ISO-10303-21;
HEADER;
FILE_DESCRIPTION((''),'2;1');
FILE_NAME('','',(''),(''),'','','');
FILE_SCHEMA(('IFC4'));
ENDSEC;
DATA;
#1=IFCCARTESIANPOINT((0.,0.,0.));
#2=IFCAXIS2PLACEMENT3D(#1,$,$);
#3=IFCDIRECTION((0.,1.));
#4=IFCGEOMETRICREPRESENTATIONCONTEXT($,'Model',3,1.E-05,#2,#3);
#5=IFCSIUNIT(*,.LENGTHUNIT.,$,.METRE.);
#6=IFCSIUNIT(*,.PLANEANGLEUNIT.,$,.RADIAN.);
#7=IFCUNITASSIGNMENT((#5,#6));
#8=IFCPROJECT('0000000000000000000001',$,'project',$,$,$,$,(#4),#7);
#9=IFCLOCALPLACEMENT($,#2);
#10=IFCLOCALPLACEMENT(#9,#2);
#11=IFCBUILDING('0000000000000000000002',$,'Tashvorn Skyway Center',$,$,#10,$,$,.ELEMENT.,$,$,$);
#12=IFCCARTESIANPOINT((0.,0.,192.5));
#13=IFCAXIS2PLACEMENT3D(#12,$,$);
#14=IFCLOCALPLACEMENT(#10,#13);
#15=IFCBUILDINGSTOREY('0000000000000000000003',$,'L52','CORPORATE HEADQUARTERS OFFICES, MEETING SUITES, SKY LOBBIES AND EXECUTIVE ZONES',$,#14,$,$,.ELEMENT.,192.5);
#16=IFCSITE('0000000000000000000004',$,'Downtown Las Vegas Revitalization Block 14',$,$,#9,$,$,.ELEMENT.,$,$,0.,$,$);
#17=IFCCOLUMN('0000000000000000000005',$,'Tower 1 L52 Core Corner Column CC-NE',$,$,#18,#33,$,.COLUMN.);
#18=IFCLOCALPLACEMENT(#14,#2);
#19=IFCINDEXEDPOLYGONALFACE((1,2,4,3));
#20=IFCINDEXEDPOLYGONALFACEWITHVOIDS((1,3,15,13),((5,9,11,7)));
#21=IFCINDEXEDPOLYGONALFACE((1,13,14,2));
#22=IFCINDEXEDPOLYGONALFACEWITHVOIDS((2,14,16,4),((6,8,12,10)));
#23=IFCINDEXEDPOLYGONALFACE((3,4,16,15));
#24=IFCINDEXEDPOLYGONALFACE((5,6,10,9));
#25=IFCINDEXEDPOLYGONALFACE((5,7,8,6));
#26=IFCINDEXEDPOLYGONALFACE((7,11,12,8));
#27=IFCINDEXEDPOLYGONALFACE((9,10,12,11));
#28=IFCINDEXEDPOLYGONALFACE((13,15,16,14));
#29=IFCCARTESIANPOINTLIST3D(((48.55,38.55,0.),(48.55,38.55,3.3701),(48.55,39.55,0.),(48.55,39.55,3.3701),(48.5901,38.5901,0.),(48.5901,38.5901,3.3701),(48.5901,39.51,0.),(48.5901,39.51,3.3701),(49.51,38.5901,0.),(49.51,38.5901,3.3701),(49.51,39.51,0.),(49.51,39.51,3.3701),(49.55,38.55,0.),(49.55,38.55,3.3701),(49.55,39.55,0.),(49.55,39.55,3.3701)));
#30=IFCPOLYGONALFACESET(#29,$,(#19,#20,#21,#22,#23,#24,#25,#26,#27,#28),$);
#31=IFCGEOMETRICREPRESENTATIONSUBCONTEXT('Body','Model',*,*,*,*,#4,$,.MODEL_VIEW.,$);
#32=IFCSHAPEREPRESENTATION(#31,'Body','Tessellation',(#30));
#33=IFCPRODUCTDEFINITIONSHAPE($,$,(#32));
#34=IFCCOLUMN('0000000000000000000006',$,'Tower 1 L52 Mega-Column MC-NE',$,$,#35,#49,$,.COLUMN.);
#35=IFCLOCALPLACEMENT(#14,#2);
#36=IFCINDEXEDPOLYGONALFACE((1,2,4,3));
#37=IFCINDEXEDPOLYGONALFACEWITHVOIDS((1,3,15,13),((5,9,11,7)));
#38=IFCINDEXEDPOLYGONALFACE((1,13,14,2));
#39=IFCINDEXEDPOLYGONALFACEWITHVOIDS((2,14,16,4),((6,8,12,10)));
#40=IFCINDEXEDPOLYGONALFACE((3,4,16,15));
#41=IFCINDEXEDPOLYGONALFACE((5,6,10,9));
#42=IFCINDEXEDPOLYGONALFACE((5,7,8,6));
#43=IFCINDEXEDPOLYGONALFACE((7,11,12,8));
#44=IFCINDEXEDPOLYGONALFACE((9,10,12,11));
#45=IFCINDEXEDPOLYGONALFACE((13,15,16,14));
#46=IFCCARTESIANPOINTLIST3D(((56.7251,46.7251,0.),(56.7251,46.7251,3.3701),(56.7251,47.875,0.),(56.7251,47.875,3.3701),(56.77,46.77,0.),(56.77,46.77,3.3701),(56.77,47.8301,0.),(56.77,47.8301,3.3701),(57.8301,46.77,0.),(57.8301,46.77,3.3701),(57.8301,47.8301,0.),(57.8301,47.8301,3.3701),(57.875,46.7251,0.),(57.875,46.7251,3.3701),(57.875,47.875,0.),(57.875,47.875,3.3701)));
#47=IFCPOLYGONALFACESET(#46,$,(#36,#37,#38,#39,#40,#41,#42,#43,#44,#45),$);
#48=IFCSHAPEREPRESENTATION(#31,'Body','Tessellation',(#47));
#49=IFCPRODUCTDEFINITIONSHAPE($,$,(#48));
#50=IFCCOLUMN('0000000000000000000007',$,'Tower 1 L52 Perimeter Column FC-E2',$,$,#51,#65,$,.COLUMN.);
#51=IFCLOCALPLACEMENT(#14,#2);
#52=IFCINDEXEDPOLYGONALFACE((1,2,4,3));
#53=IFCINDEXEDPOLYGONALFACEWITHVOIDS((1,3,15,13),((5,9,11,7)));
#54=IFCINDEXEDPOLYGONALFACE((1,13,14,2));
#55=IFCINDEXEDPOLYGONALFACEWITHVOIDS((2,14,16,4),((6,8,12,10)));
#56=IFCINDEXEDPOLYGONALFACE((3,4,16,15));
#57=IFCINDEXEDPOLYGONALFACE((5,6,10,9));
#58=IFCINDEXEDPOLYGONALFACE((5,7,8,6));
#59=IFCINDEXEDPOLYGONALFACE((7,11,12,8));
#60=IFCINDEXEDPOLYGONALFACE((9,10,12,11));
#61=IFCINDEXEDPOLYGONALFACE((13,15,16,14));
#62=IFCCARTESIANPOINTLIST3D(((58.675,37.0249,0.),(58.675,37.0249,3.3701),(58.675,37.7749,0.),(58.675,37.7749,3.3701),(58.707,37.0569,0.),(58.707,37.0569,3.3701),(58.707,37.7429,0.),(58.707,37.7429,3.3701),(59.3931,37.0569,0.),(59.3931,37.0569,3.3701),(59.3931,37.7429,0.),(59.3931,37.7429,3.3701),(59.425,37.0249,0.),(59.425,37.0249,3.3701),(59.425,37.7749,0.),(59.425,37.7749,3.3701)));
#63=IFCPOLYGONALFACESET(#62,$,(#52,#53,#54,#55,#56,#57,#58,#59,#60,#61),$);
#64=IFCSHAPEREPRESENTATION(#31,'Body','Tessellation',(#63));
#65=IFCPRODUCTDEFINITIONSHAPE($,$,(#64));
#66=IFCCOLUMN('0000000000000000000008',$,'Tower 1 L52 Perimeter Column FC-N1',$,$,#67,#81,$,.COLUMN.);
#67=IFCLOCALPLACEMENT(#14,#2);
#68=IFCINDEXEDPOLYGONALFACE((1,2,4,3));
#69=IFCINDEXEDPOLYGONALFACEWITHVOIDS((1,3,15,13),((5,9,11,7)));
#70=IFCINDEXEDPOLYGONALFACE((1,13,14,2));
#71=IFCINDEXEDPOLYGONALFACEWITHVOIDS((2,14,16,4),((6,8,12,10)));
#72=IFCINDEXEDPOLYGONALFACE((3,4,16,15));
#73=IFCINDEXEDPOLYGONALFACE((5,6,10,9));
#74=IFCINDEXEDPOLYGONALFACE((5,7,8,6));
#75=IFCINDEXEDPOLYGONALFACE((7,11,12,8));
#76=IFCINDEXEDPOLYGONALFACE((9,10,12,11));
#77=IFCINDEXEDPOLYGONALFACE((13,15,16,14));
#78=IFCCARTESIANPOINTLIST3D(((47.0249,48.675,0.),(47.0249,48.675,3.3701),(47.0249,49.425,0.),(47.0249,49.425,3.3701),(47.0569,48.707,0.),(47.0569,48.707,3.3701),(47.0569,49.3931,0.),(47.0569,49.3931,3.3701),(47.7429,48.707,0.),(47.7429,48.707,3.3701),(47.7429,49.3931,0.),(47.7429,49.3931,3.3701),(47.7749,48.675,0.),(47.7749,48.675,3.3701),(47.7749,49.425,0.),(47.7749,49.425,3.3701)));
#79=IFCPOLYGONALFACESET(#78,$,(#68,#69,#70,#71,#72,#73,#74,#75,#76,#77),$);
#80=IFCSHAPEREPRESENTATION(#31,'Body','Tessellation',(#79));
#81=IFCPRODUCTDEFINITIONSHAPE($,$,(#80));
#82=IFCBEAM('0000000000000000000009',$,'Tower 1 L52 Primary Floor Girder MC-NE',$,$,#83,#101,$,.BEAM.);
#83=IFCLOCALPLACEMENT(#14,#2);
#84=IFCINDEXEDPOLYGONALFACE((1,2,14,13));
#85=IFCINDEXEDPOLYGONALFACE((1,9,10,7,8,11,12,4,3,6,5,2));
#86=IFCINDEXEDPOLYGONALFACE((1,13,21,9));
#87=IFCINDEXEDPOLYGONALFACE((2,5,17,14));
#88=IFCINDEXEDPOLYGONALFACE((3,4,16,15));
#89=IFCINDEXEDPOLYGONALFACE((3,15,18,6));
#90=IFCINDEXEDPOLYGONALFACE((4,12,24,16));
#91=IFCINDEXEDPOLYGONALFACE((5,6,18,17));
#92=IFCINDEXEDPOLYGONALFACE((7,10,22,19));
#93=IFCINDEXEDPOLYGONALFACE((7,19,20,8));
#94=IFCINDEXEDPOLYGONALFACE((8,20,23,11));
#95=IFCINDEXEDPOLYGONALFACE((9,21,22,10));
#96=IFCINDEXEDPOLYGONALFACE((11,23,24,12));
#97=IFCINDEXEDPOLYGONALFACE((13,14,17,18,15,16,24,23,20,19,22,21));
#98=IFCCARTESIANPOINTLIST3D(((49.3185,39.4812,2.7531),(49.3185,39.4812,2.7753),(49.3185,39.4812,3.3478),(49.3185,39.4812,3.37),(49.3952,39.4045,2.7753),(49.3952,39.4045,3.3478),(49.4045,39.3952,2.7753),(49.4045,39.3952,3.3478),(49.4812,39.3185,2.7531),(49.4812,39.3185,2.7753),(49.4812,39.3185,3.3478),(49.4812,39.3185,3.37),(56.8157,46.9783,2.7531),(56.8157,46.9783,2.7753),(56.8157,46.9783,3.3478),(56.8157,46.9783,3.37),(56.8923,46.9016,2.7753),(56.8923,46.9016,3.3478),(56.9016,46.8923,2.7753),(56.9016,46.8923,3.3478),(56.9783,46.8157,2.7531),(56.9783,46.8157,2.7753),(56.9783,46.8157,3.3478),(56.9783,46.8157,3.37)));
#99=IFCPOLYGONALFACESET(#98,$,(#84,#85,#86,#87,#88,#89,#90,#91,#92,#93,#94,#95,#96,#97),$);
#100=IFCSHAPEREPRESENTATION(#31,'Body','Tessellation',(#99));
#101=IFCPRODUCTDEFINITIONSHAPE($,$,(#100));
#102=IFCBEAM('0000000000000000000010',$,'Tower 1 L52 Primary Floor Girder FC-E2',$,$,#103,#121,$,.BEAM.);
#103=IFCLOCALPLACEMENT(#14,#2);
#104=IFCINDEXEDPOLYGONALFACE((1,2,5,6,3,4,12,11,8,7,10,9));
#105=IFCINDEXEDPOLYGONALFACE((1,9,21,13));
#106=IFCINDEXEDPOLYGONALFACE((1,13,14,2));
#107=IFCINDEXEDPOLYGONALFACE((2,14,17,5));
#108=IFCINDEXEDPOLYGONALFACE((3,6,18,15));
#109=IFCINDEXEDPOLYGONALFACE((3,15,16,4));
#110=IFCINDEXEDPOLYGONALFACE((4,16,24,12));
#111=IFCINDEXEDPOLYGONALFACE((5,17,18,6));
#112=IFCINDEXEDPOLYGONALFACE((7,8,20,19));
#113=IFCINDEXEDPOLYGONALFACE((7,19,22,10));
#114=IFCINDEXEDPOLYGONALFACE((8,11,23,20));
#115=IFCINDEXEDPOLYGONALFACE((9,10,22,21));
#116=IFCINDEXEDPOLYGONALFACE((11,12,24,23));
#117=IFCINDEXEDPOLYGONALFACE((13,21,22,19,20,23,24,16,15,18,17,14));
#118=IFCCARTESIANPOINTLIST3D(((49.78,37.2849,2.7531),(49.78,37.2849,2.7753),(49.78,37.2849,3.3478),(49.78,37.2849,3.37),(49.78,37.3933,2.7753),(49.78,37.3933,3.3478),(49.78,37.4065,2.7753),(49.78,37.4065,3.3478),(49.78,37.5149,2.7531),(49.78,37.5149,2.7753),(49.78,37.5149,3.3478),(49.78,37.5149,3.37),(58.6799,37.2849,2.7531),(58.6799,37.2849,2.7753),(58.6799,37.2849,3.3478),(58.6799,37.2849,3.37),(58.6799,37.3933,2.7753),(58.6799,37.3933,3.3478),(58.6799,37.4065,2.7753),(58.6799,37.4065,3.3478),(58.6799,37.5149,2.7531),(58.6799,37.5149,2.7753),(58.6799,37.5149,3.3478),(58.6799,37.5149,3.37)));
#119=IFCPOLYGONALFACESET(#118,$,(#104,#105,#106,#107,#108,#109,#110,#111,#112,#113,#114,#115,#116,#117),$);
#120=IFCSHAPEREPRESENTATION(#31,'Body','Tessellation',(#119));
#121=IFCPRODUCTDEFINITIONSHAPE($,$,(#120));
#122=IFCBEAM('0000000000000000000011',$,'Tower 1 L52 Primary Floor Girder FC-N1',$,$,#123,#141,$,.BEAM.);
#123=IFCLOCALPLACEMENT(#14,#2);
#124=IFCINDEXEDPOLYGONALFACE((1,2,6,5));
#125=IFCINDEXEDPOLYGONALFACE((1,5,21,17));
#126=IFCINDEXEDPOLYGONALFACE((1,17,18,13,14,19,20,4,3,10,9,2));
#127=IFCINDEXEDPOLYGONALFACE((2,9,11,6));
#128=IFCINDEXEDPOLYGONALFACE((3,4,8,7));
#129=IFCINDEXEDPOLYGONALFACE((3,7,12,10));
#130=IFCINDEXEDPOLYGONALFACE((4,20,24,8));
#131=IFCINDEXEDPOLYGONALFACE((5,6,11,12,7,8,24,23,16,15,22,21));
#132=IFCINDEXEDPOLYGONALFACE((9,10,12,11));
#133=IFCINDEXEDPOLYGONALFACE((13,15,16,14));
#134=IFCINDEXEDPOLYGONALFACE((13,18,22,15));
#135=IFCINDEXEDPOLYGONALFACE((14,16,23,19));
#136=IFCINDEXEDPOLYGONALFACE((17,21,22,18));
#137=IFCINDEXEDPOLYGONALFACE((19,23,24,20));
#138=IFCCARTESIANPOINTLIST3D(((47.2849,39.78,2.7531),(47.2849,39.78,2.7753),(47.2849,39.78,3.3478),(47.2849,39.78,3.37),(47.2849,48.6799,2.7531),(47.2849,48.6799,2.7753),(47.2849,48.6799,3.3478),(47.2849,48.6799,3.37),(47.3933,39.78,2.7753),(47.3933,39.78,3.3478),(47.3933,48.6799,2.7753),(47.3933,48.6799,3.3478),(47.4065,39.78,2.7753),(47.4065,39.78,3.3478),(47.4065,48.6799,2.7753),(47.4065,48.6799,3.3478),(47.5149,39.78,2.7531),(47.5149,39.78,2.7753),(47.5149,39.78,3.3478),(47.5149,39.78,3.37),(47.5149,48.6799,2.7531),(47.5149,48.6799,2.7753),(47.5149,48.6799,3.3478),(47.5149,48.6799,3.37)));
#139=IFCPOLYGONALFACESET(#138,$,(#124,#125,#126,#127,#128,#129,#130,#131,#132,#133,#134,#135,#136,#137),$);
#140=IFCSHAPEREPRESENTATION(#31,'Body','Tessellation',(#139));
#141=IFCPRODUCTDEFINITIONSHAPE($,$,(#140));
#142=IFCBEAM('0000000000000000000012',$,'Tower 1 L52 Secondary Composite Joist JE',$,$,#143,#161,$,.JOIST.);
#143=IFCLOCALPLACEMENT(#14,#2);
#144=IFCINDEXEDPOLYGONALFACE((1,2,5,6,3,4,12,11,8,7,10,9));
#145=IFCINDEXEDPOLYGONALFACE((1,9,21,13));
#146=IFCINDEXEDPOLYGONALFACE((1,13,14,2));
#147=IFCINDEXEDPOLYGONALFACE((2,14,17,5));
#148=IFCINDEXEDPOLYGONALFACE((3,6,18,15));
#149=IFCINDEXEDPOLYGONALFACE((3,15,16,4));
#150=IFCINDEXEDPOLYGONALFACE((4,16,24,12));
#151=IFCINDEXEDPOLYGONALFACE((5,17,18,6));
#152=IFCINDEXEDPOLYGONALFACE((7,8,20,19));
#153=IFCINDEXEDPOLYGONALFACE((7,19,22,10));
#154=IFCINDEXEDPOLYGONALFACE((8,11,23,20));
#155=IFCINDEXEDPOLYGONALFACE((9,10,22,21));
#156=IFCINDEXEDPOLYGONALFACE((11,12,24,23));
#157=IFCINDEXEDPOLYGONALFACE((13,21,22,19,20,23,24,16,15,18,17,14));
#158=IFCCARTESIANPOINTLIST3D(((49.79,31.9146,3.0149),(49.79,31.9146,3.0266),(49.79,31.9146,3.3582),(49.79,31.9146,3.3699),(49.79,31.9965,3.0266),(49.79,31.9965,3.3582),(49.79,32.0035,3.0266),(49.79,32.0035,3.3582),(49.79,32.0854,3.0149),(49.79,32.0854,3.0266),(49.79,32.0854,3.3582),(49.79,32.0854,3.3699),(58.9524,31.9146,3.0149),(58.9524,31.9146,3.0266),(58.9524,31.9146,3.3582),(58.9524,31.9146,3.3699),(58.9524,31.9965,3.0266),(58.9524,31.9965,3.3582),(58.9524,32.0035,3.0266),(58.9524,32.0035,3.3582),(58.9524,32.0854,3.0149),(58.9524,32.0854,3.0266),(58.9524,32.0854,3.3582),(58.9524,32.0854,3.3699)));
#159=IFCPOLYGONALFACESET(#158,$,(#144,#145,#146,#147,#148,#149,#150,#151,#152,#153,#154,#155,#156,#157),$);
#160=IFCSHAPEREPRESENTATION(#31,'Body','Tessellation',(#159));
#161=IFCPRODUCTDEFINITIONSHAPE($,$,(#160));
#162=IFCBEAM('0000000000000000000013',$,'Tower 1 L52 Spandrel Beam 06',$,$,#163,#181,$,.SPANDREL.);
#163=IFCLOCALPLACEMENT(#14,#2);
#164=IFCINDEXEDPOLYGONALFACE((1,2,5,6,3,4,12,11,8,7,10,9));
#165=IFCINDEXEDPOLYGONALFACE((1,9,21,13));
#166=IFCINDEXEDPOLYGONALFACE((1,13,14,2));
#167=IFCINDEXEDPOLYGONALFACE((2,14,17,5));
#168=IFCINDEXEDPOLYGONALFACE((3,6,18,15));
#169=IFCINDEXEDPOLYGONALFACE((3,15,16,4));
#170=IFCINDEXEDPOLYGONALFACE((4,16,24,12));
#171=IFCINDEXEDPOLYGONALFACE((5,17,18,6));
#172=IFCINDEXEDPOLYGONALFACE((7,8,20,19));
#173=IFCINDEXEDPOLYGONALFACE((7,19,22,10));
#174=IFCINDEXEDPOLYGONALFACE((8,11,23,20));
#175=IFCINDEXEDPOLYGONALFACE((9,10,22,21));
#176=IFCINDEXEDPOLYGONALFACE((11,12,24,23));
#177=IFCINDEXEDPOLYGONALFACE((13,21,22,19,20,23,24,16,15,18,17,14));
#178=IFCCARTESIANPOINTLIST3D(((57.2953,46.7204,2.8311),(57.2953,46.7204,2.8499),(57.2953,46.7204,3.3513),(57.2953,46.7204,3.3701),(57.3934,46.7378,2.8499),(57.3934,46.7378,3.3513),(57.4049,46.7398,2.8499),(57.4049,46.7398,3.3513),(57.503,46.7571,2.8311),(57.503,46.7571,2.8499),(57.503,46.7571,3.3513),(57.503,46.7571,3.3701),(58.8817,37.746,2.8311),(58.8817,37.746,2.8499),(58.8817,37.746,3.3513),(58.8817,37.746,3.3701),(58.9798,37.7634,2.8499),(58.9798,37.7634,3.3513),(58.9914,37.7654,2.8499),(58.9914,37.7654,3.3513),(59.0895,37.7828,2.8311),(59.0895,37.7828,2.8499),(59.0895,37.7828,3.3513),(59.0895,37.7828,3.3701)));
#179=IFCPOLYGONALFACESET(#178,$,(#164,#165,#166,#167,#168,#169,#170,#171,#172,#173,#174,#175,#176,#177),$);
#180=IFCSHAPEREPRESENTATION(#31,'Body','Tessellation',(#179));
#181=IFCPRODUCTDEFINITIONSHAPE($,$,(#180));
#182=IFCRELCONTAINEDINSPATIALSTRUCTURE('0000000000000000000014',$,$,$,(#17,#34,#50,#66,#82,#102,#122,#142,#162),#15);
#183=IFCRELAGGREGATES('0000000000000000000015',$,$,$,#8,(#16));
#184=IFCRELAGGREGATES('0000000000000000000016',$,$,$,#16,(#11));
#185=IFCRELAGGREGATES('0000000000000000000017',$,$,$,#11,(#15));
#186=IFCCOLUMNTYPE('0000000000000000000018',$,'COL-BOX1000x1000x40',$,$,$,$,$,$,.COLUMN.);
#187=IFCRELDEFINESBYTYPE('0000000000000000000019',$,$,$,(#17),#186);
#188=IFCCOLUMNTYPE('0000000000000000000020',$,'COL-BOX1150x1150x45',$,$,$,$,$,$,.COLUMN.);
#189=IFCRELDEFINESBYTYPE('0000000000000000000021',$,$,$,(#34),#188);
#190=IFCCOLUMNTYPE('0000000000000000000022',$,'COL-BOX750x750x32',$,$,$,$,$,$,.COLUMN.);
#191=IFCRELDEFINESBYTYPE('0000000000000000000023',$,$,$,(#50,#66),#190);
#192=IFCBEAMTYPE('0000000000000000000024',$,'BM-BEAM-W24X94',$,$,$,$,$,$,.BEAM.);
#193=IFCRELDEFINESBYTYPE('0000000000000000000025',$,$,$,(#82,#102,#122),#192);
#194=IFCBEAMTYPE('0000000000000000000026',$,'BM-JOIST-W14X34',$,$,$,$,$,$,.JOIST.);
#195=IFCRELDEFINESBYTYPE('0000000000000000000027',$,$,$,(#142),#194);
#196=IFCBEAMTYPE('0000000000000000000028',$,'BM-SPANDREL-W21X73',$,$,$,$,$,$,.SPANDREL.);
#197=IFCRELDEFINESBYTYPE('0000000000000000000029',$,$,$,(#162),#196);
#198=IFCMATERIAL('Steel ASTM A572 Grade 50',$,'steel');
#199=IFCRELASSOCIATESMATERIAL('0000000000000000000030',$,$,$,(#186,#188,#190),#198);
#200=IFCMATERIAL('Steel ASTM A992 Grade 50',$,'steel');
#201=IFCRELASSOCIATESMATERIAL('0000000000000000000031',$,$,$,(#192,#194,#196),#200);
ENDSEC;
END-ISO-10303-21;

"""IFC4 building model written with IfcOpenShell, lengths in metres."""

from ifc_helpers import new_model, si_unit, direction, frame, origin, origin_2d, place, context, subcontext, project, spatial, hollow_rectangle, i_section, extrude, material, material_profile, profile_set, type_object, element, save


model = new_model("IFC4")

# Units and contexts
model_context = context("Model", 3, precision=1e-05, world=origin(), true_north=direction((0.0, 1.0)))
body_context = subcontext(model_context, "Body", "Model", "MODEL_VIEW")
ifc_project = project(units=[si_unit("LENGTHUNIT", "METRE"), si_unit("PLANEANGLEUNIT", "RADIAN")], contexts=[model_context])

# Site, building, storey
site_placement = place(None, origin())
site = spatial("IfcSite", under=ifc_project, at=site_placement, Name="Downtown Las Vegas Revitalization Block 14", CompositionType="ELEMENT", RefElevation=0.0)
building_placement = place(site_placement, origin())
building = spatial("IfcBuilding", under=site, at=building_placement, Name="Tashvorn Skyway Center", CompositionType="ELEMENT")
storey_placement = place(building_placement, frame((0.0, 0.0, 192.5)))
storey = spatial("IfcBuildingStorey", under=building, at=storey_placement, Name="L52", Description="CORPORATE HEADQUARTERS OFFICES, MEETING SUITES, SKY LOBBIES AND EXECUTIVE ZONES", CompositionType="ELEMENT", Elevation=192.5)

# Columns
ifc_material_1 = material(Name="Steel ASTM A572 Grade 50", Category="steel")
ifc_material_profile_1 = material_profile(ifc_material_1, hollow_rectangle(XDim=1.0, YDim=1.0, WallThickness=0.04, at=origin_2d()), Name="BOX1000x1000x40")
ifc_profile_set_1 = profile_set([ifc_material_profile_1], Name="Steel ASTM A572 Grade 50")
column_type_1 = type_object("IfcColumnType", Name="COL-BOX1000x1000x40", PredefinedType="COLUMN", material=ifc_profile_set_1)
column_1_placement = place(storey_placement, frame((49.05, 39.05, 0.0), z_axis=(0.0, 0.0, 1.0), x_axis=(1.0, 0.0, 0.0)))
element("IfcColumn", 1, at=column_1_placement, inside=storey, type_object=column_type_1, Name="Tower 1 L52 Core Corner Column CC-NE", PredefinedType="COLUMN", context=body_context, shape_type="SweptSolid", body=[
    extrude(hollow_rectangle(XDim=1.0, YDim=1.0, WallThickness=0.04, at=origin_2d()), origin(), (0.0, 0.0, 1.0), 3.3701),
])
ifc_material_profile_2 = material_profile(ifc_material_1, hollow_rectangle(XDim=1.1499, YDim=1.1499, WallThickness=0.0449, at=origin_2d()), Name="BOX1150x1150x45")
ifc_profile_set_2 = profile_set([ifc_material_profile_2], Name="Steel ASTM A572 Grade 50")
column_type_2 = type_object("IfcColumnType", Name="COL-BOX1150x1150x45", PredefinedType="COLUMN", material=ifc_profile_set_2)
column_2_placement = place(storey_placement, frame((57.3, 47.3, 0.0), z_axis=(0.0, 0.0, 1.0), x_axis=(1.0, 0.0, 0.0)))
element("IfcColumn", 2, at=column_2_placement, inside=storey, type_object=column_type_2, Name="Tower 1 L52 Mega-Column MC-NE", PredefinedType="COLUMN", context=body_context, shape_type="SweptSolid", body=[
    extrude(hollow_rectangle(XDim=1.1499, YDim=1.1499, WallThickness=0.0449, at=origin_2d()), origin(), (0.0, 0.0, 1.0), 3.3701),
])
ifc_material_profile_3 = material_profile(ifc_material_1, hollow_rectangle(XDim=0.75, YDim=0.75, WallThickness=0.032, at=origin_2d()), Name="BOX750x750x32")
ifc_profile_set_3 = profile_set([ifc_material_profile_3], Name="Steel ASTM A572 Grade 50")
column_type_3 = type_object("IfcColumnType", Name="COL-BOX750x750x32", PredefinedType="COLUMN", material=ifc_profile_set_3)
for number, where, z_axis, x_axis, name in (
    (3, (59.05, 37.3999, 0.0), (0.0, 0.0, 1.0), (1.0, 0.0, 0.0), "Tower 1 L52 Perimeter Column FC-E2"),
    (4, (47.3999, 49.05, 0.0), (0.0, 0.0, 1.0), (1.0, 0.0, 0.0), "Tower 1 L52 Perimeter Column FC-N1"),
):
    element("IfcColumn", number, at=place(storey_placement, frame(where, z_axis=z_axis, x_axis=x_axis)), inside=storey, type_object=column_type_3, Name=name, PredefinedType="COLUMN", context=body_context, shape_type="SweptSolid", body=[
        extrude(hollow_rectangle(XDim=0.75, YDim=0.75, WallThickness=0.032, at=origin_2d()), origin(), (0.0, 0.0, 1.0), 3.3701),
    ])

# Beams
ifc_material_2 = material(Name="Steel ASTM A992 Grade 50", Category="steel")
ifc_material_profile_4 = material_profile(ifc_material_2, i_section(OverallWidth=0.23, OverallDepth=0.6169, WebThickness=0.0132, FlangeThickness=0.0222, at=origin_2d()), Name="W24X94")
ifc_profile_set_4 = profile_set([ifc_material_profile_4], Name="Steel ASTM A992 Grade 50")
beam_type_1 = type_object("IfcBeamType", Name="BM-BEAM-W24X94", PredefinedType="BEAM", material=ifc_profile_set_4)
beam_1_placement = place(storey_placement, frame((56.897, 46.897, 3.0615), z_axis=(-0.707107, -0.707107, 0.0), x_axis=(0.707107, -0.707107, 0.0)))
element("IfcBeam", 5, at=beam_1_placement, inside=storey, type_object=beam_type_1, Name="Tower 1 L52 Primary Floor Girder MC-NE", PredefinedType="BEAM", context=body_context, shape_type="SweptSolid", body=[
    extrude(i_section(OverallWidth=0.23, OverallDepth=0.6169, WebThickness=0.0132, FlangeThickness=0.0222, at=origin_2d()), origin(), (0.0, 0.0, 1.0), 10.6025),
])
for number, where, z_axis, x_axis, name in (
    (6, (58.6799, 37.3999, 3.0615), (-1.0, 0.0, 0.0), (0.0, -1.0, 0.0), "Tower 1 L52 Primary Floor Girder FC-E2"),
    (7, (47.3999, 48.6799, 3.0615), (0.0, -1.0, 0.0), (1.0, 0.0, 0.0), "Tower 1 L52 Primary Floor Girder FC-N1"),
):
    element("IfcBeam", number, at=place(storey_placement, frame(where, z_axis=z_axis, x_axis=x_axis)), inside=storey, type_object=beam_type_1, Name=name, PredefinedType="BEAM", context=body_context, shape_type="SweptSolid", body=[
        extrude(i_section(OverallWidth=0.23, OverallDepth=0.6169, WebThickness=0.0132, FlangeThickness=0.0222, at=origin_2d()), origin(), (0.0, 0.0, 1.0), 8.8999),
    ])
ifc_material_profile_5 = material_profile(ifc_material_2, i_section(OverallWidth=0.1709, OverallDepth=0.355, WebThickness=0.0071, FlangeThickness=0.0117, at=origin_2d()), Name="W14X34")
ifc_profile_set_5 = profile_set([ifc_material_profile_5], Name="Steel ASTM A992 Grade 50")
beam_type_2 = type_object("IfcBeamType", Name="BM-JOIST-W14X34", PredefinedType="JOIST", material=ifc_profile_set_5)
beam_2_placement = place(storey_placement, frame((49.79, 32.0, 3.1924), z_axis=(1.0, 0.0, 0.0), x_axis=(0.0, 1.0, 0.0)))
element("IfcBeam", 8, at=beam_2_placement, inside=storey, type_object=beam_type_2, Name="Tower 1 L52 Secondary Composite Joist JE", PredefinedType="JOIST", context=body_context, shape_type="SweptSolid", body=[
    extrude(i_section(OverallWidth=0.1709, OverallDepth=0.355, WebThickness=0.0071, FlangeThickness=0.0117, at=origin_2d()), origin(), (0.0, 0.0, 1.0), 9.1624),
])
ifc_material_profile_6 = material_profile(ifc_material_2, i_section(OverallWidth=0.2109, OverallDepth=0.5391, WebThickness=0.0117, FlangeThickness=0.0188, at=origin_2d()), Name="W21X73")
ifc_profile_set_6 = profile_set([ifc_material_profile_6], Name="Steel ASTM A992 Grade 50")
beam_type_3 = type_object("IfcBeamType", Name="BM-SPANDREL-W21X73", PredefinedType="SPANDREL", material=ifc_profile_set_6)
for number, where, z_axis, x_axis, name in (
    (9, (58.9856, 37.7644, 3.1006), (-0.174074, 0.984733, 0.0), (-0.984733, -0.174074, 0.0), "Tower 1 L52 Spandrel Beam 06"),
):
    element("IfcBeam", number, at=place(storey_placement, frame(where, z_axis=z_axis, x_axis=x_axis)), inside=storey, type_object=beam_type_3, Name=name, PredefinedType="SPANDREL", context=body_context, shape_type="SweptSolid", body=[
        extrude(i_section(OverallWidth=0.2109, OverallDepth=0.5391, WebThickness=0.0117, FlangeThickness=0.0188, at=origin_2d()), origin(), (0.0, 0.0, 1.0), 9.1135),
    ])

save(model, "model.ifc")
